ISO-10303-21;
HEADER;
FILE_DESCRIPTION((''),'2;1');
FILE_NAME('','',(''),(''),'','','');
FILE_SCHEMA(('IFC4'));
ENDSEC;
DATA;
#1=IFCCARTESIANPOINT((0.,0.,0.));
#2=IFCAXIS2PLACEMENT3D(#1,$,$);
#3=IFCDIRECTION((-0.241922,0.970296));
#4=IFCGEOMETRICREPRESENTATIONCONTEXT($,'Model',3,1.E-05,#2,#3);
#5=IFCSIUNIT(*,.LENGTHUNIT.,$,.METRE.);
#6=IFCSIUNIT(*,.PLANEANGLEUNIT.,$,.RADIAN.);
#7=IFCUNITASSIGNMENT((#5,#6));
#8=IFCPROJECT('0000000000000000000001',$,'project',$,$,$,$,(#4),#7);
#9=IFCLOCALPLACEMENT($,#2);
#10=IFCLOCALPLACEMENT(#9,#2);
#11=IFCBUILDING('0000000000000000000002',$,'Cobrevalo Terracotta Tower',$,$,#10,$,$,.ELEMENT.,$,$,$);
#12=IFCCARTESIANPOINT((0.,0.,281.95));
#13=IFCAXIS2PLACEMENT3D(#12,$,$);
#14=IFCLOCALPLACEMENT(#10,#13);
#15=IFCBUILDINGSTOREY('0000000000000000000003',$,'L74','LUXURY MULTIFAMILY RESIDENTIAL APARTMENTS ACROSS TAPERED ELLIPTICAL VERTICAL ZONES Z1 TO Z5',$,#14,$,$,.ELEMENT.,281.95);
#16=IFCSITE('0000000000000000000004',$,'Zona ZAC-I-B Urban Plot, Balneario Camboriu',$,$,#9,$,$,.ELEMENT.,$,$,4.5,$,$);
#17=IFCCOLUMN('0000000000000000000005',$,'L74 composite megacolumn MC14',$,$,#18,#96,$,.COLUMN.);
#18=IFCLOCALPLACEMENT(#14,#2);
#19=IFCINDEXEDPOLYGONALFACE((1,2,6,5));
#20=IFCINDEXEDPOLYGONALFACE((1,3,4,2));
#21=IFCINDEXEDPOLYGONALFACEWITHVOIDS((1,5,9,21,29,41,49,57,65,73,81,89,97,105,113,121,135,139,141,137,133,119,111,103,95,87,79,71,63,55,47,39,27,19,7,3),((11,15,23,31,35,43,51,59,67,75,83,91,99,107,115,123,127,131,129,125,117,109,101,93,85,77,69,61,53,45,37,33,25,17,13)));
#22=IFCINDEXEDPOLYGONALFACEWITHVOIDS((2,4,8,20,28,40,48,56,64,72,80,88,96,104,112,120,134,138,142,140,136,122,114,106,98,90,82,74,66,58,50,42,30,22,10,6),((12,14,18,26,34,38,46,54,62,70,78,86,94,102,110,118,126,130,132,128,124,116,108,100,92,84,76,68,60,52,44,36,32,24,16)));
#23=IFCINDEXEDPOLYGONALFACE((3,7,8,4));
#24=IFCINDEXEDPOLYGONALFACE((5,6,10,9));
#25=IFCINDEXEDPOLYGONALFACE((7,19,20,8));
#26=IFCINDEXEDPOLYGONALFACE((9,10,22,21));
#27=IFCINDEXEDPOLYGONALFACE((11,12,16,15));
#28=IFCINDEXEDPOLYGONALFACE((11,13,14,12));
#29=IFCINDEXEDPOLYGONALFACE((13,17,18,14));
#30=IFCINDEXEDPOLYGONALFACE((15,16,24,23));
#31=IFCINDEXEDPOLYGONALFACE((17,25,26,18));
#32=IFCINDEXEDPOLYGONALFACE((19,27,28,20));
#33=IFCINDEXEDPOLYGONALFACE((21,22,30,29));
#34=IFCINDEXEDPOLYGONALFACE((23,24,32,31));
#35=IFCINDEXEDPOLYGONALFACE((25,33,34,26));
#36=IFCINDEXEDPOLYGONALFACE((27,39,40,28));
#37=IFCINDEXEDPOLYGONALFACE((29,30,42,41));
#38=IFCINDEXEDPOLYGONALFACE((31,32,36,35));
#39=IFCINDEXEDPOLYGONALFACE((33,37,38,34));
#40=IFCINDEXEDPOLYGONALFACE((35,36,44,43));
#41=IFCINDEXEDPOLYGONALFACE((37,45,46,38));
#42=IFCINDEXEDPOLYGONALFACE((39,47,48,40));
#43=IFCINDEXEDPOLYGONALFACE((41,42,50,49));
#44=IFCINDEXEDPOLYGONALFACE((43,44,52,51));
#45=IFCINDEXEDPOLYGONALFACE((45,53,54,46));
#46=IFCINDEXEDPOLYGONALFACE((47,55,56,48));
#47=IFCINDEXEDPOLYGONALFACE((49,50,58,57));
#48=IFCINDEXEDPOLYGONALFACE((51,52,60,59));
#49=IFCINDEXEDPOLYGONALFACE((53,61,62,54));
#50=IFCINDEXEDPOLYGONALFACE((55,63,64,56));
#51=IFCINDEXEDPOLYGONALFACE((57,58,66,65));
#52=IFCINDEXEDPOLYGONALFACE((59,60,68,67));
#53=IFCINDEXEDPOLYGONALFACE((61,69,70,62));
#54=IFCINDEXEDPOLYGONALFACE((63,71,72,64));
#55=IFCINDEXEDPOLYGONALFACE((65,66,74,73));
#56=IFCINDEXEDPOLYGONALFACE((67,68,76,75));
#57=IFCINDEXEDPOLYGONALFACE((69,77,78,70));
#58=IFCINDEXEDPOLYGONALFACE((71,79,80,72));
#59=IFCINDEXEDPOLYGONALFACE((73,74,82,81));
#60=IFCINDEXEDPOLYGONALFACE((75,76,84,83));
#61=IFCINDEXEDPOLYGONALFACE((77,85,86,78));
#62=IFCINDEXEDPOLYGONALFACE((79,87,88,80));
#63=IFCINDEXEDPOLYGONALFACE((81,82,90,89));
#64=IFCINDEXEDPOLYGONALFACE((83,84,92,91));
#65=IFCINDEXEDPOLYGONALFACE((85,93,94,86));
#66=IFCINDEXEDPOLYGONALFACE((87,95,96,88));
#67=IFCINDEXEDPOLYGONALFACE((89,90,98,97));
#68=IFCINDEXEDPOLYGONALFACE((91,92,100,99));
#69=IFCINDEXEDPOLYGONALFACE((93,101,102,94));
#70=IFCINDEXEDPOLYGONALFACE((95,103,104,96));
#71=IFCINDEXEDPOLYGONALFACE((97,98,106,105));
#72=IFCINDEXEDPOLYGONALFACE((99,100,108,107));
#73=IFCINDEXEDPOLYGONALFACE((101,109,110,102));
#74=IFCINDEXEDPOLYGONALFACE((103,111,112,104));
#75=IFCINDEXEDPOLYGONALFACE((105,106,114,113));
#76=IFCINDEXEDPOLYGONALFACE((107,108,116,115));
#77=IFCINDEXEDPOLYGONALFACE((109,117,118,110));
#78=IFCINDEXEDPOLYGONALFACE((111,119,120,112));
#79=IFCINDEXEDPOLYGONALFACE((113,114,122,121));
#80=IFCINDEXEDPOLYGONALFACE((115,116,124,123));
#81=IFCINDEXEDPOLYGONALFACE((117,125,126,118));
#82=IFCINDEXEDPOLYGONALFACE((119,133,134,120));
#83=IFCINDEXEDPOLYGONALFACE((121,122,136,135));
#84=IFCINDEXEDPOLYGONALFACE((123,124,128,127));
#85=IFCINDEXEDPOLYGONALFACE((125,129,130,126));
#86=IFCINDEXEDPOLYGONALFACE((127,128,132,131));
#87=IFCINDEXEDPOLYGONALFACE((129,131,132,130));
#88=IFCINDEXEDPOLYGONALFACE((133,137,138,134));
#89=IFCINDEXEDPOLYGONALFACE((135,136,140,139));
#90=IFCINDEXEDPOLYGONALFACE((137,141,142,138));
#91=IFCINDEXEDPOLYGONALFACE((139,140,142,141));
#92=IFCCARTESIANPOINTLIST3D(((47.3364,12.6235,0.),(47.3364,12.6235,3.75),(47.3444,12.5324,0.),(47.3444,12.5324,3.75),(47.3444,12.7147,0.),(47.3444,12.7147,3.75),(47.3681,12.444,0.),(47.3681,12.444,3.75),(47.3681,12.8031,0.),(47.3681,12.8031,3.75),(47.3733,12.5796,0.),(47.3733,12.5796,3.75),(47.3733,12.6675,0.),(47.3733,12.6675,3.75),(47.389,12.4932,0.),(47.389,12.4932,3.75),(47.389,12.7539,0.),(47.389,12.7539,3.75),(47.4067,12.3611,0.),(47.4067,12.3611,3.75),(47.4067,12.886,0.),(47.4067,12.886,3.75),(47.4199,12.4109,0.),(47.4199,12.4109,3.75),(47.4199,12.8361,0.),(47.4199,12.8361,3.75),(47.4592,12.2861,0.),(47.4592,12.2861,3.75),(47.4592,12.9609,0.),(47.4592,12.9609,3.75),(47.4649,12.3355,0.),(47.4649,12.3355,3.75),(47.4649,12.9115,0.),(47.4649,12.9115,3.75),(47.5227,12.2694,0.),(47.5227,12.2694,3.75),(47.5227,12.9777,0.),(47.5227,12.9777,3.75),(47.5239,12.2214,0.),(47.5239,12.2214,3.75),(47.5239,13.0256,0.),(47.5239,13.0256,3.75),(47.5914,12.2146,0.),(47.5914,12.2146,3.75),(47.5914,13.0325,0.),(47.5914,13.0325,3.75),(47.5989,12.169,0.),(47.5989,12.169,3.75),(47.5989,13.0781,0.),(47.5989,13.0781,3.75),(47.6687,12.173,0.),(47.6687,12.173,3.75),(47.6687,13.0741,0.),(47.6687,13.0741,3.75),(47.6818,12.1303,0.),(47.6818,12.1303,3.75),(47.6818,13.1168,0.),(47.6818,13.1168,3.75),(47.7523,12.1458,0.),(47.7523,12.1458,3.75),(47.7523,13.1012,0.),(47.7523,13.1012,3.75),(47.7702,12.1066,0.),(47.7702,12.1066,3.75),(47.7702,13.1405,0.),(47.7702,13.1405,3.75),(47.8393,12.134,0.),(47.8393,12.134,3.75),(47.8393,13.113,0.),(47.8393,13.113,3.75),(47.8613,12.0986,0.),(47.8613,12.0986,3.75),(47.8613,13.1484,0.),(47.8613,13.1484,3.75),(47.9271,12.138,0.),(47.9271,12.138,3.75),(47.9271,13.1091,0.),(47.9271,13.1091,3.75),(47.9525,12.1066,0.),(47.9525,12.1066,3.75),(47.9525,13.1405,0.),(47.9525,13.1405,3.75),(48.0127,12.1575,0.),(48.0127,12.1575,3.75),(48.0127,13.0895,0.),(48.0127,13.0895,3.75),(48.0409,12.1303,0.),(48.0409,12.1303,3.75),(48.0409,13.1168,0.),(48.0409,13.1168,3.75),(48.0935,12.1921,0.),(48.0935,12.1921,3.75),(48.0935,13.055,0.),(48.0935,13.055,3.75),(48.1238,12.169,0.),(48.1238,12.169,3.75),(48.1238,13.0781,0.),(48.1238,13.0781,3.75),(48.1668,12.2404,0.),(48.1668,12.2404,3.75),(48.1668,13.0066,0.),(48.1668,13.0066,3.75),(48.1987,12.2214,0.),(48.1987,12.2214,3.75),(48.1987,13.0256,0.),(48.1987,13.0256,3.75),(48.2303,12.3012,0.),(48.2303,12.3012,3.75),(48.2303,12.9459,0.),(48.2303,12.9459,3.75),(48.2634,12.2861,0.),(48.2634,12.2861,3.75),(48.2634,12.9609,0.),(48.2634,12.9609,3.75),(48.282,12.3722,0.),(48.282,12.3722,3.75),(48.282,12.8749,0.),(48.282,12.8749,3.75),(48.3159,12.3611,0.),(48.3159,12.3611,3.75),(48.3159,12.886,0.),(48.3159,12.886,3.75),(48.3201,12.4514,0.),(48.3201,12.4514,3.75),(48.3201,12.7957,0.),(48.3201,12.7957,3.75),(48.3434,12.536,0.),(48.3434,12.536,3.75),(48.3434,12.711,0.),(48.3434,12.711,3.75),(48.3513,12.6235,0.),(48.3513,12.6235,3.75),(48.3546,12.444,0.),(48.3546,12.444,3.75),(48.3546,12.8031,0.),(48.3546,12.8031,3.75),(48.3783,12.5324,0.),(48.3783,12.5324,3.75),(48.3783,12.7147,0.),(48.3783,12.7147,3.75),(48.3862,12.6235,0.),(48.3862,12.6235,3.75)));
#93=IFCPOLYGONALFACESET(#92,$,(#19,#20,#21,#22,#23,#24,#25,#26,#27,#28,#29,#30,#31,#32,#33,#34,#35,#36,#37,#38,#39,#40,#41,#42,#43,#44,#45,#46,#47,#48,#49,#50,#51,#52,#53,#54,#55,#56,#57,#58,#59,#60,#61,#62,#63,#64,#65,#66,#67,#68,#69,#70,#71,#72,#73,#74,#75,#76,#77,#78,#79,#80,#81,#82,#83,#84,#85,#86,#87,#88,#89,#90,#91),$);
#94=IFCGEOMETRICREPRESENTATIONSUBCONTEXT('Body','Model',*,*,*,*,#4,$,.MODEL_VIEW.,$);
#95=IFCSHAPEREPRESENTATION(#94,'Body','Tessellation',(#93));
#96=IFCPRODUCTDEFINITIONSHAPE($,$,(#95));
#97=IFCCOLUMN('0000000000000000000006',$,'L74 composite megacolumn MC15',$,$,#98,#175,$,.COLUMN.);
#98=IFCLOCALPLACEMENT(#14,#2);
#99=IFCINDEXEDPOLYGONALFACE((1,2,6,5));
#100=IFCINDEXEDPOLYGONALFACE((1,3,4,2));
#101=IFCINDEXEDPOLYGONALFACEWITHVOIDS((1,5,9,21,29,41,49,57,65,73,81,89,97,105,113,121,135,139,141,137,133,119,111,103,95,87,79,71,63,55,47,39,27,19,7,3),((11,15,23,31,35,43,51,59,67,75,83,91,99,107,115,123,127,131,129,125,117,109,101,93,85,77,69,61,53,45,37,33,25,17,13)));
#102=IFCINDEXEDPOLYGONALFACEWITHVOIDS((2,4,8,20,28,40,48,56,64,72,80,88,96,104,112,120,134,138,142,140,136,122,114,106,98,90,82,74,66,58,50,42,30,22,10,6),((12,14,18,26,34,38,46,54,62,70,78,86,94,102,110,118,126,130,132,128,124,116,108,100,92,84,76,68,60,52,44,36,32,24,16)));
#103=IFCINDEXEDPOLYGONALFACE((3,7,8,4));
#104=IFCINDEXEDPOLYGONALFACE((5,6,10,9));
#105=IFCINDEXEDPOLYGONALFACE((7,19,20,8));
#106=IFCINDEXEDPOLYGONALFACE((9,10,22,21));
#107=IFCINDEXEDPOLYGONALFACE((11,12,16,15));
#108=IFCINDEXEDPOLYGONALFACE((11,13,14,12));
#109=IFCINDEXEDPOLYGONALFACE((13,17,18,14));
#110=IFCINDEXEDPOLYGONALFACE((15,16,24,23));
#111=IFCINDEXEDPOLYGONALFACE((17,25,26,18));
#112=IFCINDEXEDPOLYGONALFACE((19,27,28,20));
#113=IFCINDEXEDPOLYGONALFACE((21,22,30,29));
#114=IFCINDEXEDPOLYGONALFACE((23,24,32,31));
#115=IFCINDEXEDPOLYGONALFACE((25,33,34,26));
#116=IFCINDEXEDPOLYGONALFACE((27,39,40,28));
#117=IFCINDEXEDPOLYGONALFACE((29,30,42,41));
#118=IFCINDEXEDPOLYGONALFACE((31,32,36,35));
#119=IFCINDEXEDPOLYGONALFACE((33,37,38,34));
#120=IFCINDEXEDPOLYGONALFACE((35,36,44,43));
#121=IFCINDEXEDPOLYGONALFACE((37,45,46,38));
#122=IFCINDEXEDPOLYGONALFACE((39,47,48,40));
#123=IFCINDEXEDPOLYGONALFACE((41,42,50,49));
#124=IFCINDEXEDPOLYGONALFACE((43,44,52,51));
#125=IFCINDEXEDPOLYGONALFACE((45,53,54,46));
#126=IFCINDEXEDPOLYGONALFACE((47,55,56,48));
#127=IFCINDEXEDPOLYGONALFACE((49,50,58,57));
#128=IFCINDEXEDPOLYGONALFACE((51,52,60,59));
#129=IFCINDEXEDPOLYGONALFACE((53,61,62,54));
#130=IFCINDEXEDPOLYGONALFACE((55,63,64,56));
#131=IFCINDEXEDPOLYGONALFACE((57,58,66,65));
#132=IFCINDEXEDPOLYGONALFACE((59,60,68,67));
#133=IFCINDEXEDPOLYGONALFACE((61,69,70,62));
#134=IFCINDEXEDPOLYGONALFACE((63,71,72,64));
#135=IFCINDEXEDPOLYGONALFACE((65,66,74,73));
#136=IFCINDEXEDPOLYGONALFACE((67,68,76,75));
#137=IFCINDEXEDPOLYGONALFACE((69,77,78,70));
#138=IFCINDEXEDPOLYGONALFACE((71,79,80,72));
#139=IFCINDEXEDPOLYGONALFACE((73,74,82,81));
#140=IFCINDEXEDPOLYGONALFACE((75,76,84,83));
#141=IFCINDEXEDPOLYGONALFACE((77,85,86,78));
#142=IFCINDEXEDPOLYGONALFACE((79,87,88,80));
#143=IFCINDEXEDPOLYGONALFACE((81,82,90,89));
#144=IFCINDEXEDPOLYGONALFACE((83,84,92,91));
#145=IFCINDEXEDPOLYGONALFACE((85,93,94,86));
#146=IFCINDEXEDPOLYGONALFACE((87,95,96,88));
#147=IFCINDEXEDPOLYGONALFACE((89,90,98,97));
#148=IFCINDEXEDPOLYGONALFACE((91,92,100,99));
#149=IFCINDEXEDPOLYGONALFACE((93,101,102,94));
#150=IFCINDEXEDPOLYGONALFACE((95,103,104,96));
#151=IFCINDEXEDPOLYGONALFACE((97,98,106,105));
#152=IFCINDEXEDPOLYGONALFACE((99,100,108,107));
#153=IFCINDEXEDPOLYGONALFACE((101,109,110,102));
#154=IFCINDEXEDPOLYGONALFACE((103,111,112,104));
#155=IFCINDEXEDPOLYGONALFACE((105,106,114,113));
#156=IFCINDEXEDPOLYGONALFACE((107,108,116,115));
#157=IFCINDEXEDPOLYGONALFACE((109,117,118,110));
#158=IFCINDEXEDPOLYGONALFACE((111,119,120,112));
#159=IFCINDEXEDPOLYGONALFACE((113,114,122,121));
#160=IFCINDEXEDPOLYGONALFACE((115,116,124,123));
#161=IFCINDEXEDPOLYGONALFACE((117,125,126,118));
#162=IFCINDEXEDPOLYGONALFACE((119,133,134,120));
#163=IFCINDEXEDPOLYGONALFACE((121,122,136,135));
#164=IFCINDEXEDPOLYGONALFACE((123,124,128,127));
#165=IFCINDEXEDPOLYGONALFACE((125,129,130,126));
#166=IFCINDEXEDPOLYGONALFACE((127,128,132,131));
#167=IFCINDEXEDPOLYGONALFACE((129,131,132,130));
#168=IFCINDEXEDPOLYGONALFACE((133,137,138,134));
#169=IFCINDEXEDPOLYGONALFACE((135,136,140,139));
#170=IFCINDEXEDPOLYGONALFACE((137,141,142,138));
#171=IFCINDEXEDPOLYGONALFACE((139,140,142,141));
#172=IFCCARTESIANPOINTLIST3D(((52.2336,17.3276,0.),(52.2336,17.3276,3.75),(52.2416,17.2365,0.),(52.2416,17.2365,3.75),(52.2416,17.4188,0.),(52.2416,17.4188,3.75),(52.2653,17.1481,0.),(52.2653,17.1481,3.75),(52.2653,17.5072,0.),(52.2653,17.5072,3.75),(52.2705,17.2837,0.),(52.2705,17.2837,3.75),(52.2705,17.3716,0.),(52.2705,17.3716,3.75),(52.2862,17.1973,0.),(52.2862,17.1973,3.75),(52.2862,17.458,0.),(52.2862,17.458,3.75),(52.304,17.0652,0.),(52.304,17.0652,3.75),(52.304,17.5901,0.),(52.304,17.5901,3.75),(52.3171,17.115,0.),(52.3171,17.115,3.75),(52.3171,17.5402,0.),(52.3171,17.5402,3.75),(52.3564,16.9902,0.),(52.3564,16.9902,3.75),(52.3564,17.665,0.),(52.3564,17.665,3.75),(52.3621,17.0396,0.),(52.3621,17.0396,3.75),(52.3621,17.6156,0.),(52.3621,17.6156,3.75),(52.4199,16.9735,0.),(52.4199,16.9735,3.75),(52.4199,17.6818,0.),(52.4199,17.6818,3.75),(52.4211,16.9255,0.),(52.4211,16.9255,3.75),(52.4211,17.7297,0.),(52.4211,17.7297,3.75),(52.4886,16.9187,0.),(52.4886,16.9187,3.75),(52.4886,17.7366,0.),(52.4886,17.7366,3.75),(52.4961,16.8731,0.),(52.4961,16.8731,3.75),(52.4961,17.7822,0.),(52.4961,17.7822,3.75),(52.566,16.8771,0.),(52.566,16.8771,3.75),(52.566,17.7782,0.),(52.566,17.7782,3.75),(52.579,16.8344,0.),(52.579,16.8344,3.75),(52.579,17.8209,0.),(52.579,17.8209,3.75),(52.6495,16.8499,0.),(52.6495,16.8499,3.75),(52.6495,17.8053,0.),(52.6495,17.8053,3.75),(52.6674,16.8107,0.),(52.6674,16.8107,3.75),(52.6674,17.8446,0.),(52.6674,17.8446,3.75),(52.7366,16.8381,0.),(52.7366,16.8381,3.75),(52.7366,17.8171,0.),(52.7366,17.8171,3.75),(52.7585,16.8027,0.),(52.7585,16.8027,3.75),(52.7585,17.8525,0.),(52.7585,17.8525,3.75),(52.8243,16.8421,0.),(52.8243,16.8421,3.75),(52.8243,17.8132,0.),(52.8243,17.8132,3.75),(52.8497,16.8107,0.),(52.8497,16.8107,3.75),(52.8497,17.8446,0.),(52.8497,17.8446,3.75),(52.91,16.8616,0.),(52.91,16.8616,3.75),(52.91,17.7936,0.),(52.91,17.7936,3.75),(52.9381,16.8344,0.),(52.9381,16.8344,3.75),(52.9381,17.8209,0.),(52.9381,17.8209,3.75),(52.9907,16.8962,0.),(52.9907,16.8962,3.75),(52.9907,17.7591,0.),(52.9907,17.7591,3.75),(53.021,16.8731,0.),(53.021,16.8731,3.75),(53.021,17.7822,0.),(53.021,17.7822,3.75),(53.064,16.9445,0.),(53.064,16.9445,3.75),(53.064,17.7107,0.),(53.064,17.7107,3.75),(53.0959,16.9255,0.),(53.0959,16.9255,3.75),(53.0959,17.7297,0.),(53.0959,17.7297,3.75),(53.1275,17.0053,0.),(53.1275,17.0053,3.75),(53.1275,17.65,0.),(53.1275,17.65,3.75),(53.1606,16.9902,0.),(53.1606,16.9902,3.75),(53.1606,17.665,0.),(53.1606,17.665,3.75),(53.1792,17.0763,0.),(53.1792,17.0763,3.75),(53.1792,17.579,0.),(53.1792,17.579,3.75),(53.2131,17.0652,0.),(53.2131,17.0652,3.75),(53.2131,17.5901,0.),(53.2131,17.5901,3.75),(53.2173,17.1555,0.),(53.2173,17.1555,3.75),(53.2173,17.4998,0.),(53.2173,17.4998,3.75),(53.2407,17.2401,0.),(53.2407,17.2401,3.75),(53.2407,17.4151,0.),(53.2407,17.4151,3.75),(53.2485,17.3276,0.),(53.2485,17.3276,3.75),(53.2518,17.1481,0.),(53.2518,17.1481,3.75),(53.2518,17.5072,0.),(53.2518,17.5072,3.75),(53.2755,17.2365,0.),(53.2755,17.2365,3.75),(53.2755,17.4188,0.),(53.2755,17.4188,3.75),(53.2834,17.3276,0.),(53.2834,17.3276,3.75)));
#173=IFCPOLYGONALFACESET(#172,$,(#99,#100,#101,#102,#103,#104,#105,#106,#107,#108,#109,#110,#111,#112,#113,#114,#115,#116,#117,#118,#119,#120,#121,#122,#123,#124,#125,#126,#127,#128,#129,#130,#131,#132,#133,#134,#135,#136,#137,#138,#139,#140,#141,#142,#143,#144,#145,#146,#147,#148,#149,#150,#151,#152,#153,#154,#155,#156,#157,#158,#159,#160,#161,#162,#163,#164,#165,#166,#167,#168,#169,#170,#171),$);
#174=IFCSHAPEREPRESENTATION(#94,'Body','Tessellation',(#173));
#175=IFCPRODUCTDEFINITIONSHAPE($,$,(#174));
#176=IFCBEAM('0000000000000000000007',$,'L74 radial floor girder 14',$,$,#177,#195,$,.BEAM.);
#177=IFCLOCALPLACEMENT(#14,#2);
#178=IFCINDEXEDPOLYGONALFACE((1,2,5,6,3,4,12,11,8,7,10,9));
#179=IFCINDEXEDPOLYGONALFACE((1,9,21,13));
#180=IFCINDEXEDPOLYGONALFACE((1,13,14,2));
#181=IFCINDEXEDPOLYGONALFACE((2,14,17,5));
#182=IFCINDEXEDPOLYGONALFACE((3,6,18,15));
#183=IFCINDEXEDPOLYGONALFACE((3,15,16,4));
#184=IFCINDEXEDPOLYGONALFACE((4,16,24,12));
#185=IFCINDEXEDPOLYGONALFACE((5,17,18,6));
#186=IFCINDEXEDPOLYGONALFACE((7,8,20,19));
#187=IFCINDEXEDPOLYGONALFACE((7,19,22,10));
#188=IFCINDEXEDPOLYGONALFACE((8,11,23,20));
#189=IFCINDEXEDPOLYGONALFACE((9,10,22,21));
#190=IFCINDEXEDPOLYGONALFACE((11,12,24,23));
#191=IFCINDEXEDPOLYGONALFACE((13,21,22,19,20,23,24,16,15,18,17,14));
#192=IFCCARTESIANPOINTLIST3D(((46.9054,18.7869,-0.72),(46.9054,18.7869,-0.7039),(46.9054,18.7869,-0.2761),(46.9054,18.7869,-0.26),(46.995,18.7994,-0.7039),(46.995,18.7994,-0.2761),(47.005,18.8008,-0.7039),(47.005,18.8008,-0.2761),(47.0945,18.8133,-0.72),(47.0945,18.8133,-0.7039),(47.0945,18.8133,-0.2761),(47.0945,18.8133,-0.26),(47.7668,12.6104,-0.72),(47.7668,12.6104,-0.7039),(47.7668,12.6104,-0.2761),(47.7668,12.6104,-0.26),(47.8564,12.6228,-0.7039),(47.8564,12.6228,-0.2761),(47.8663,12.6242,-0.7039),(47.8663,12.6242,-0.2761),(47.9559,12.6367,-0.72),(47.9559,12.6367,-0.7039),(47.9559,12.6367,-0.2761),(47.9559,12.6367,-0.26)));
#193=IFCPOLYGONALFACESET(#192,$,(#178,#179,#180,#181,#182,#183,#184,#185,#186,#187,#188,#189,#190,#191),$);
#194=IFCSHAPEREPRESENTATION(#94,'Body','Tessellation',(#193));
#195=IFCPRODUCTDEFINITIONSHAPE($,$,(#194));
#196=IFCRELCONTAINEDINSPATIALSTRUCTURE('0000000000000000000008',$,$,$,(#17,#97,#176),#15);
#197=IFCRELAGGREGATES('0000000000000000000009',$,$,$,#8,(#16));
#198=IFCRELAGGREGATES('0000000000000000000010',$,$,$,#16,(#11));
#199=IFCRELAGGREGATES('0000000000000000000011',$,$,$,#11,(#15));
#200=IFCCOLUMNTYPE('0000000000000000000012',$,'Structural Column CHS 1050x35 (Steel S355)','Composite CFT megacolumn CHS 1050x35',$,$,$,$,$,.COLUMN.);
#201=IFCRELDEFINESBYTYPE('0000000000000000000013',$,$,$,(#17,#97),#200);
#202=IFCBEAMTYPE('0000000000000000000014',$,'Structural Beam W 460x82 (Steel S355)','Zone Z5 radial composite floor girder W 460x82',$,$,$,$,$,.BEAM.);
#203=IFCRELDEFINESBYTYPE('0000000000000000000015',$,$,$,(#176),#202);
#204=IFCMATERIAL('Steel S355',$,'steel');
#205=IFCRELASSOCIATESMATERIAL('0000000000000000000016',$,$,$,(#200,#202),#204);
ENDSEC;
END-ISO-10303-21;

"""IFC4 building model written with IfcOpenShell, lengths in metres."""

from ifc_helpers import new_model, si_unit, direction, frame, origin, origin_2d, place, context, subcontext, project, spatial, hollow_circle, i_section, extrude, material, material_profile, profile_set, type_object, element, save


model = new_model("IFC4")

# Units and contexts
model_context = context("Model", 3, precision=1e-05, world=origin(), true_north=direction((-0.241922, 0.970296)))
body_context = subcontext(model_context, "Body", "Model", "MODEL_VIEW")
ifc_project = project(units=[si_unit("LENGTHUNIT", "METRE"), si_unit("PLANEANGLEUNIT", "RADIAN")], contexts=[model_context])

# Site, building, storey
site_placement = place(None, origin())
site = spatial("IfcSite", under=ifc_project, at=site_placement, Name="Zona ZAC-I-B Urban Plot, Balneario Camboriu", CompositionType="ELEMENT", RefElevation=4.5)
building_placement = place(site_placement, origin())
building = spatial("IfcBuilding", under=site, at=building_placement, Name="Cobrevalo Terracotta Tower", CompositionType="ELEMENT")
storey_placement = place(building_placement, frame((0.0, 0.0, 281.95)))
storey = spatial("IfcBuildingStorey", under=building, at=storey_placement, Name="L74", Description="LUXURY MULTIFAMILY RESIDENTIAL APARTMENTS ACROSS TAPERED ELLIPTICAL VERTICAL ZONES Z1 TO Z5", CompositionType="ELEMENT", Elevation=281.95)

# Columns
ifc_material_1 = material(Name="Steel S355", Category="steel")
ifc_material_profile_1 = material_profile(ifc_material_1, hollow_circle(Radius=0.5249, WallThickness=0.0349, at=origin_2d()), Name="CHS 1050x35")
ifc_profile_set_1 = profile_set([ifc_material_profile_1], Name="Steel S355")
column_type = type_object("IfcColumnType", Name="Structural Column CHS 1050x35 (Steel S355)", Description="Composite CFT megacolumn CHS 1050x35", PredefinedType="COLUMN", material=ifc_profile_set_1)
for number, where, z_axis, x_axis, name in (
    (1, (47.8613, 12.6235, 0.0), (0.0, 0.0, 1.0), (1.0, 0.0, 0.0), "L74 composite megacolumn MC14"),
    (2, (52.7585, 17.3276, 0.0), (0.0, 0.0, 1.0), (1.0, 0.0, 0.0), "L74 composite megacolumn MC15"),
):
    element("IfcColumn", number, at=place(storey_placement, frame(where, z_axis=z_axis, x_axis=x_axis)), inside=storey, type_object=column_type, Name=name, PredefinedType="COLUMN", context=body_context, shape_type="SweptSolid", body=[
        extrude(hollow_circle(Radius=0.5249, WallThickness=0.0349, at=origin_2d()), origin(), (0.0, 0.0, 1.0), 3.75),
    ])

# Beam
ifc_material_profile_2 = material_profile(ifc_material_1, i_section(OverallWidth=0.1909, OverallDepth=0.46, WebThickness=0.01, FlangeThickness=0.0161, at=origin_2d()), Name="W 460x82")
ifc_profile_set_2 = profile_set([ifc_material_profile_2], Name="Steel S355")
beam_type_1 = type_object("IfcBeamType", Name="Structural Beam W 460x82 (Steel S355)", Description="Zone Z5 radial composite floor girder W 460x82", PredefinedType="BEAM", material=ifc_profile_set_2)
beam_1_placement = place(storey_placement, frame((47.8613, 12.6235, -0.49), z_axis=(-0.138116, 0.990416, 0.0), x_axis=(-0.990416, -0.138116, 0.0)))
element("IfcBeam", 3, at=beam_1_placement, inside=storey, type_object=beam_type_1, Name="L74 radial floor girder 14", PredefinedType="BEAM", context=body_context, shape_type="SweptSolid", body=[
    extrude(i_section(OverallWidth=0.1909, OverallDepth=0.46, WebThickness=0.01, FlangeThickness=0.0161, at=origin_2d()), origin(), (0.0, 0.0, 1.0), 6.2363),
])

save(model, "model.ifc")
